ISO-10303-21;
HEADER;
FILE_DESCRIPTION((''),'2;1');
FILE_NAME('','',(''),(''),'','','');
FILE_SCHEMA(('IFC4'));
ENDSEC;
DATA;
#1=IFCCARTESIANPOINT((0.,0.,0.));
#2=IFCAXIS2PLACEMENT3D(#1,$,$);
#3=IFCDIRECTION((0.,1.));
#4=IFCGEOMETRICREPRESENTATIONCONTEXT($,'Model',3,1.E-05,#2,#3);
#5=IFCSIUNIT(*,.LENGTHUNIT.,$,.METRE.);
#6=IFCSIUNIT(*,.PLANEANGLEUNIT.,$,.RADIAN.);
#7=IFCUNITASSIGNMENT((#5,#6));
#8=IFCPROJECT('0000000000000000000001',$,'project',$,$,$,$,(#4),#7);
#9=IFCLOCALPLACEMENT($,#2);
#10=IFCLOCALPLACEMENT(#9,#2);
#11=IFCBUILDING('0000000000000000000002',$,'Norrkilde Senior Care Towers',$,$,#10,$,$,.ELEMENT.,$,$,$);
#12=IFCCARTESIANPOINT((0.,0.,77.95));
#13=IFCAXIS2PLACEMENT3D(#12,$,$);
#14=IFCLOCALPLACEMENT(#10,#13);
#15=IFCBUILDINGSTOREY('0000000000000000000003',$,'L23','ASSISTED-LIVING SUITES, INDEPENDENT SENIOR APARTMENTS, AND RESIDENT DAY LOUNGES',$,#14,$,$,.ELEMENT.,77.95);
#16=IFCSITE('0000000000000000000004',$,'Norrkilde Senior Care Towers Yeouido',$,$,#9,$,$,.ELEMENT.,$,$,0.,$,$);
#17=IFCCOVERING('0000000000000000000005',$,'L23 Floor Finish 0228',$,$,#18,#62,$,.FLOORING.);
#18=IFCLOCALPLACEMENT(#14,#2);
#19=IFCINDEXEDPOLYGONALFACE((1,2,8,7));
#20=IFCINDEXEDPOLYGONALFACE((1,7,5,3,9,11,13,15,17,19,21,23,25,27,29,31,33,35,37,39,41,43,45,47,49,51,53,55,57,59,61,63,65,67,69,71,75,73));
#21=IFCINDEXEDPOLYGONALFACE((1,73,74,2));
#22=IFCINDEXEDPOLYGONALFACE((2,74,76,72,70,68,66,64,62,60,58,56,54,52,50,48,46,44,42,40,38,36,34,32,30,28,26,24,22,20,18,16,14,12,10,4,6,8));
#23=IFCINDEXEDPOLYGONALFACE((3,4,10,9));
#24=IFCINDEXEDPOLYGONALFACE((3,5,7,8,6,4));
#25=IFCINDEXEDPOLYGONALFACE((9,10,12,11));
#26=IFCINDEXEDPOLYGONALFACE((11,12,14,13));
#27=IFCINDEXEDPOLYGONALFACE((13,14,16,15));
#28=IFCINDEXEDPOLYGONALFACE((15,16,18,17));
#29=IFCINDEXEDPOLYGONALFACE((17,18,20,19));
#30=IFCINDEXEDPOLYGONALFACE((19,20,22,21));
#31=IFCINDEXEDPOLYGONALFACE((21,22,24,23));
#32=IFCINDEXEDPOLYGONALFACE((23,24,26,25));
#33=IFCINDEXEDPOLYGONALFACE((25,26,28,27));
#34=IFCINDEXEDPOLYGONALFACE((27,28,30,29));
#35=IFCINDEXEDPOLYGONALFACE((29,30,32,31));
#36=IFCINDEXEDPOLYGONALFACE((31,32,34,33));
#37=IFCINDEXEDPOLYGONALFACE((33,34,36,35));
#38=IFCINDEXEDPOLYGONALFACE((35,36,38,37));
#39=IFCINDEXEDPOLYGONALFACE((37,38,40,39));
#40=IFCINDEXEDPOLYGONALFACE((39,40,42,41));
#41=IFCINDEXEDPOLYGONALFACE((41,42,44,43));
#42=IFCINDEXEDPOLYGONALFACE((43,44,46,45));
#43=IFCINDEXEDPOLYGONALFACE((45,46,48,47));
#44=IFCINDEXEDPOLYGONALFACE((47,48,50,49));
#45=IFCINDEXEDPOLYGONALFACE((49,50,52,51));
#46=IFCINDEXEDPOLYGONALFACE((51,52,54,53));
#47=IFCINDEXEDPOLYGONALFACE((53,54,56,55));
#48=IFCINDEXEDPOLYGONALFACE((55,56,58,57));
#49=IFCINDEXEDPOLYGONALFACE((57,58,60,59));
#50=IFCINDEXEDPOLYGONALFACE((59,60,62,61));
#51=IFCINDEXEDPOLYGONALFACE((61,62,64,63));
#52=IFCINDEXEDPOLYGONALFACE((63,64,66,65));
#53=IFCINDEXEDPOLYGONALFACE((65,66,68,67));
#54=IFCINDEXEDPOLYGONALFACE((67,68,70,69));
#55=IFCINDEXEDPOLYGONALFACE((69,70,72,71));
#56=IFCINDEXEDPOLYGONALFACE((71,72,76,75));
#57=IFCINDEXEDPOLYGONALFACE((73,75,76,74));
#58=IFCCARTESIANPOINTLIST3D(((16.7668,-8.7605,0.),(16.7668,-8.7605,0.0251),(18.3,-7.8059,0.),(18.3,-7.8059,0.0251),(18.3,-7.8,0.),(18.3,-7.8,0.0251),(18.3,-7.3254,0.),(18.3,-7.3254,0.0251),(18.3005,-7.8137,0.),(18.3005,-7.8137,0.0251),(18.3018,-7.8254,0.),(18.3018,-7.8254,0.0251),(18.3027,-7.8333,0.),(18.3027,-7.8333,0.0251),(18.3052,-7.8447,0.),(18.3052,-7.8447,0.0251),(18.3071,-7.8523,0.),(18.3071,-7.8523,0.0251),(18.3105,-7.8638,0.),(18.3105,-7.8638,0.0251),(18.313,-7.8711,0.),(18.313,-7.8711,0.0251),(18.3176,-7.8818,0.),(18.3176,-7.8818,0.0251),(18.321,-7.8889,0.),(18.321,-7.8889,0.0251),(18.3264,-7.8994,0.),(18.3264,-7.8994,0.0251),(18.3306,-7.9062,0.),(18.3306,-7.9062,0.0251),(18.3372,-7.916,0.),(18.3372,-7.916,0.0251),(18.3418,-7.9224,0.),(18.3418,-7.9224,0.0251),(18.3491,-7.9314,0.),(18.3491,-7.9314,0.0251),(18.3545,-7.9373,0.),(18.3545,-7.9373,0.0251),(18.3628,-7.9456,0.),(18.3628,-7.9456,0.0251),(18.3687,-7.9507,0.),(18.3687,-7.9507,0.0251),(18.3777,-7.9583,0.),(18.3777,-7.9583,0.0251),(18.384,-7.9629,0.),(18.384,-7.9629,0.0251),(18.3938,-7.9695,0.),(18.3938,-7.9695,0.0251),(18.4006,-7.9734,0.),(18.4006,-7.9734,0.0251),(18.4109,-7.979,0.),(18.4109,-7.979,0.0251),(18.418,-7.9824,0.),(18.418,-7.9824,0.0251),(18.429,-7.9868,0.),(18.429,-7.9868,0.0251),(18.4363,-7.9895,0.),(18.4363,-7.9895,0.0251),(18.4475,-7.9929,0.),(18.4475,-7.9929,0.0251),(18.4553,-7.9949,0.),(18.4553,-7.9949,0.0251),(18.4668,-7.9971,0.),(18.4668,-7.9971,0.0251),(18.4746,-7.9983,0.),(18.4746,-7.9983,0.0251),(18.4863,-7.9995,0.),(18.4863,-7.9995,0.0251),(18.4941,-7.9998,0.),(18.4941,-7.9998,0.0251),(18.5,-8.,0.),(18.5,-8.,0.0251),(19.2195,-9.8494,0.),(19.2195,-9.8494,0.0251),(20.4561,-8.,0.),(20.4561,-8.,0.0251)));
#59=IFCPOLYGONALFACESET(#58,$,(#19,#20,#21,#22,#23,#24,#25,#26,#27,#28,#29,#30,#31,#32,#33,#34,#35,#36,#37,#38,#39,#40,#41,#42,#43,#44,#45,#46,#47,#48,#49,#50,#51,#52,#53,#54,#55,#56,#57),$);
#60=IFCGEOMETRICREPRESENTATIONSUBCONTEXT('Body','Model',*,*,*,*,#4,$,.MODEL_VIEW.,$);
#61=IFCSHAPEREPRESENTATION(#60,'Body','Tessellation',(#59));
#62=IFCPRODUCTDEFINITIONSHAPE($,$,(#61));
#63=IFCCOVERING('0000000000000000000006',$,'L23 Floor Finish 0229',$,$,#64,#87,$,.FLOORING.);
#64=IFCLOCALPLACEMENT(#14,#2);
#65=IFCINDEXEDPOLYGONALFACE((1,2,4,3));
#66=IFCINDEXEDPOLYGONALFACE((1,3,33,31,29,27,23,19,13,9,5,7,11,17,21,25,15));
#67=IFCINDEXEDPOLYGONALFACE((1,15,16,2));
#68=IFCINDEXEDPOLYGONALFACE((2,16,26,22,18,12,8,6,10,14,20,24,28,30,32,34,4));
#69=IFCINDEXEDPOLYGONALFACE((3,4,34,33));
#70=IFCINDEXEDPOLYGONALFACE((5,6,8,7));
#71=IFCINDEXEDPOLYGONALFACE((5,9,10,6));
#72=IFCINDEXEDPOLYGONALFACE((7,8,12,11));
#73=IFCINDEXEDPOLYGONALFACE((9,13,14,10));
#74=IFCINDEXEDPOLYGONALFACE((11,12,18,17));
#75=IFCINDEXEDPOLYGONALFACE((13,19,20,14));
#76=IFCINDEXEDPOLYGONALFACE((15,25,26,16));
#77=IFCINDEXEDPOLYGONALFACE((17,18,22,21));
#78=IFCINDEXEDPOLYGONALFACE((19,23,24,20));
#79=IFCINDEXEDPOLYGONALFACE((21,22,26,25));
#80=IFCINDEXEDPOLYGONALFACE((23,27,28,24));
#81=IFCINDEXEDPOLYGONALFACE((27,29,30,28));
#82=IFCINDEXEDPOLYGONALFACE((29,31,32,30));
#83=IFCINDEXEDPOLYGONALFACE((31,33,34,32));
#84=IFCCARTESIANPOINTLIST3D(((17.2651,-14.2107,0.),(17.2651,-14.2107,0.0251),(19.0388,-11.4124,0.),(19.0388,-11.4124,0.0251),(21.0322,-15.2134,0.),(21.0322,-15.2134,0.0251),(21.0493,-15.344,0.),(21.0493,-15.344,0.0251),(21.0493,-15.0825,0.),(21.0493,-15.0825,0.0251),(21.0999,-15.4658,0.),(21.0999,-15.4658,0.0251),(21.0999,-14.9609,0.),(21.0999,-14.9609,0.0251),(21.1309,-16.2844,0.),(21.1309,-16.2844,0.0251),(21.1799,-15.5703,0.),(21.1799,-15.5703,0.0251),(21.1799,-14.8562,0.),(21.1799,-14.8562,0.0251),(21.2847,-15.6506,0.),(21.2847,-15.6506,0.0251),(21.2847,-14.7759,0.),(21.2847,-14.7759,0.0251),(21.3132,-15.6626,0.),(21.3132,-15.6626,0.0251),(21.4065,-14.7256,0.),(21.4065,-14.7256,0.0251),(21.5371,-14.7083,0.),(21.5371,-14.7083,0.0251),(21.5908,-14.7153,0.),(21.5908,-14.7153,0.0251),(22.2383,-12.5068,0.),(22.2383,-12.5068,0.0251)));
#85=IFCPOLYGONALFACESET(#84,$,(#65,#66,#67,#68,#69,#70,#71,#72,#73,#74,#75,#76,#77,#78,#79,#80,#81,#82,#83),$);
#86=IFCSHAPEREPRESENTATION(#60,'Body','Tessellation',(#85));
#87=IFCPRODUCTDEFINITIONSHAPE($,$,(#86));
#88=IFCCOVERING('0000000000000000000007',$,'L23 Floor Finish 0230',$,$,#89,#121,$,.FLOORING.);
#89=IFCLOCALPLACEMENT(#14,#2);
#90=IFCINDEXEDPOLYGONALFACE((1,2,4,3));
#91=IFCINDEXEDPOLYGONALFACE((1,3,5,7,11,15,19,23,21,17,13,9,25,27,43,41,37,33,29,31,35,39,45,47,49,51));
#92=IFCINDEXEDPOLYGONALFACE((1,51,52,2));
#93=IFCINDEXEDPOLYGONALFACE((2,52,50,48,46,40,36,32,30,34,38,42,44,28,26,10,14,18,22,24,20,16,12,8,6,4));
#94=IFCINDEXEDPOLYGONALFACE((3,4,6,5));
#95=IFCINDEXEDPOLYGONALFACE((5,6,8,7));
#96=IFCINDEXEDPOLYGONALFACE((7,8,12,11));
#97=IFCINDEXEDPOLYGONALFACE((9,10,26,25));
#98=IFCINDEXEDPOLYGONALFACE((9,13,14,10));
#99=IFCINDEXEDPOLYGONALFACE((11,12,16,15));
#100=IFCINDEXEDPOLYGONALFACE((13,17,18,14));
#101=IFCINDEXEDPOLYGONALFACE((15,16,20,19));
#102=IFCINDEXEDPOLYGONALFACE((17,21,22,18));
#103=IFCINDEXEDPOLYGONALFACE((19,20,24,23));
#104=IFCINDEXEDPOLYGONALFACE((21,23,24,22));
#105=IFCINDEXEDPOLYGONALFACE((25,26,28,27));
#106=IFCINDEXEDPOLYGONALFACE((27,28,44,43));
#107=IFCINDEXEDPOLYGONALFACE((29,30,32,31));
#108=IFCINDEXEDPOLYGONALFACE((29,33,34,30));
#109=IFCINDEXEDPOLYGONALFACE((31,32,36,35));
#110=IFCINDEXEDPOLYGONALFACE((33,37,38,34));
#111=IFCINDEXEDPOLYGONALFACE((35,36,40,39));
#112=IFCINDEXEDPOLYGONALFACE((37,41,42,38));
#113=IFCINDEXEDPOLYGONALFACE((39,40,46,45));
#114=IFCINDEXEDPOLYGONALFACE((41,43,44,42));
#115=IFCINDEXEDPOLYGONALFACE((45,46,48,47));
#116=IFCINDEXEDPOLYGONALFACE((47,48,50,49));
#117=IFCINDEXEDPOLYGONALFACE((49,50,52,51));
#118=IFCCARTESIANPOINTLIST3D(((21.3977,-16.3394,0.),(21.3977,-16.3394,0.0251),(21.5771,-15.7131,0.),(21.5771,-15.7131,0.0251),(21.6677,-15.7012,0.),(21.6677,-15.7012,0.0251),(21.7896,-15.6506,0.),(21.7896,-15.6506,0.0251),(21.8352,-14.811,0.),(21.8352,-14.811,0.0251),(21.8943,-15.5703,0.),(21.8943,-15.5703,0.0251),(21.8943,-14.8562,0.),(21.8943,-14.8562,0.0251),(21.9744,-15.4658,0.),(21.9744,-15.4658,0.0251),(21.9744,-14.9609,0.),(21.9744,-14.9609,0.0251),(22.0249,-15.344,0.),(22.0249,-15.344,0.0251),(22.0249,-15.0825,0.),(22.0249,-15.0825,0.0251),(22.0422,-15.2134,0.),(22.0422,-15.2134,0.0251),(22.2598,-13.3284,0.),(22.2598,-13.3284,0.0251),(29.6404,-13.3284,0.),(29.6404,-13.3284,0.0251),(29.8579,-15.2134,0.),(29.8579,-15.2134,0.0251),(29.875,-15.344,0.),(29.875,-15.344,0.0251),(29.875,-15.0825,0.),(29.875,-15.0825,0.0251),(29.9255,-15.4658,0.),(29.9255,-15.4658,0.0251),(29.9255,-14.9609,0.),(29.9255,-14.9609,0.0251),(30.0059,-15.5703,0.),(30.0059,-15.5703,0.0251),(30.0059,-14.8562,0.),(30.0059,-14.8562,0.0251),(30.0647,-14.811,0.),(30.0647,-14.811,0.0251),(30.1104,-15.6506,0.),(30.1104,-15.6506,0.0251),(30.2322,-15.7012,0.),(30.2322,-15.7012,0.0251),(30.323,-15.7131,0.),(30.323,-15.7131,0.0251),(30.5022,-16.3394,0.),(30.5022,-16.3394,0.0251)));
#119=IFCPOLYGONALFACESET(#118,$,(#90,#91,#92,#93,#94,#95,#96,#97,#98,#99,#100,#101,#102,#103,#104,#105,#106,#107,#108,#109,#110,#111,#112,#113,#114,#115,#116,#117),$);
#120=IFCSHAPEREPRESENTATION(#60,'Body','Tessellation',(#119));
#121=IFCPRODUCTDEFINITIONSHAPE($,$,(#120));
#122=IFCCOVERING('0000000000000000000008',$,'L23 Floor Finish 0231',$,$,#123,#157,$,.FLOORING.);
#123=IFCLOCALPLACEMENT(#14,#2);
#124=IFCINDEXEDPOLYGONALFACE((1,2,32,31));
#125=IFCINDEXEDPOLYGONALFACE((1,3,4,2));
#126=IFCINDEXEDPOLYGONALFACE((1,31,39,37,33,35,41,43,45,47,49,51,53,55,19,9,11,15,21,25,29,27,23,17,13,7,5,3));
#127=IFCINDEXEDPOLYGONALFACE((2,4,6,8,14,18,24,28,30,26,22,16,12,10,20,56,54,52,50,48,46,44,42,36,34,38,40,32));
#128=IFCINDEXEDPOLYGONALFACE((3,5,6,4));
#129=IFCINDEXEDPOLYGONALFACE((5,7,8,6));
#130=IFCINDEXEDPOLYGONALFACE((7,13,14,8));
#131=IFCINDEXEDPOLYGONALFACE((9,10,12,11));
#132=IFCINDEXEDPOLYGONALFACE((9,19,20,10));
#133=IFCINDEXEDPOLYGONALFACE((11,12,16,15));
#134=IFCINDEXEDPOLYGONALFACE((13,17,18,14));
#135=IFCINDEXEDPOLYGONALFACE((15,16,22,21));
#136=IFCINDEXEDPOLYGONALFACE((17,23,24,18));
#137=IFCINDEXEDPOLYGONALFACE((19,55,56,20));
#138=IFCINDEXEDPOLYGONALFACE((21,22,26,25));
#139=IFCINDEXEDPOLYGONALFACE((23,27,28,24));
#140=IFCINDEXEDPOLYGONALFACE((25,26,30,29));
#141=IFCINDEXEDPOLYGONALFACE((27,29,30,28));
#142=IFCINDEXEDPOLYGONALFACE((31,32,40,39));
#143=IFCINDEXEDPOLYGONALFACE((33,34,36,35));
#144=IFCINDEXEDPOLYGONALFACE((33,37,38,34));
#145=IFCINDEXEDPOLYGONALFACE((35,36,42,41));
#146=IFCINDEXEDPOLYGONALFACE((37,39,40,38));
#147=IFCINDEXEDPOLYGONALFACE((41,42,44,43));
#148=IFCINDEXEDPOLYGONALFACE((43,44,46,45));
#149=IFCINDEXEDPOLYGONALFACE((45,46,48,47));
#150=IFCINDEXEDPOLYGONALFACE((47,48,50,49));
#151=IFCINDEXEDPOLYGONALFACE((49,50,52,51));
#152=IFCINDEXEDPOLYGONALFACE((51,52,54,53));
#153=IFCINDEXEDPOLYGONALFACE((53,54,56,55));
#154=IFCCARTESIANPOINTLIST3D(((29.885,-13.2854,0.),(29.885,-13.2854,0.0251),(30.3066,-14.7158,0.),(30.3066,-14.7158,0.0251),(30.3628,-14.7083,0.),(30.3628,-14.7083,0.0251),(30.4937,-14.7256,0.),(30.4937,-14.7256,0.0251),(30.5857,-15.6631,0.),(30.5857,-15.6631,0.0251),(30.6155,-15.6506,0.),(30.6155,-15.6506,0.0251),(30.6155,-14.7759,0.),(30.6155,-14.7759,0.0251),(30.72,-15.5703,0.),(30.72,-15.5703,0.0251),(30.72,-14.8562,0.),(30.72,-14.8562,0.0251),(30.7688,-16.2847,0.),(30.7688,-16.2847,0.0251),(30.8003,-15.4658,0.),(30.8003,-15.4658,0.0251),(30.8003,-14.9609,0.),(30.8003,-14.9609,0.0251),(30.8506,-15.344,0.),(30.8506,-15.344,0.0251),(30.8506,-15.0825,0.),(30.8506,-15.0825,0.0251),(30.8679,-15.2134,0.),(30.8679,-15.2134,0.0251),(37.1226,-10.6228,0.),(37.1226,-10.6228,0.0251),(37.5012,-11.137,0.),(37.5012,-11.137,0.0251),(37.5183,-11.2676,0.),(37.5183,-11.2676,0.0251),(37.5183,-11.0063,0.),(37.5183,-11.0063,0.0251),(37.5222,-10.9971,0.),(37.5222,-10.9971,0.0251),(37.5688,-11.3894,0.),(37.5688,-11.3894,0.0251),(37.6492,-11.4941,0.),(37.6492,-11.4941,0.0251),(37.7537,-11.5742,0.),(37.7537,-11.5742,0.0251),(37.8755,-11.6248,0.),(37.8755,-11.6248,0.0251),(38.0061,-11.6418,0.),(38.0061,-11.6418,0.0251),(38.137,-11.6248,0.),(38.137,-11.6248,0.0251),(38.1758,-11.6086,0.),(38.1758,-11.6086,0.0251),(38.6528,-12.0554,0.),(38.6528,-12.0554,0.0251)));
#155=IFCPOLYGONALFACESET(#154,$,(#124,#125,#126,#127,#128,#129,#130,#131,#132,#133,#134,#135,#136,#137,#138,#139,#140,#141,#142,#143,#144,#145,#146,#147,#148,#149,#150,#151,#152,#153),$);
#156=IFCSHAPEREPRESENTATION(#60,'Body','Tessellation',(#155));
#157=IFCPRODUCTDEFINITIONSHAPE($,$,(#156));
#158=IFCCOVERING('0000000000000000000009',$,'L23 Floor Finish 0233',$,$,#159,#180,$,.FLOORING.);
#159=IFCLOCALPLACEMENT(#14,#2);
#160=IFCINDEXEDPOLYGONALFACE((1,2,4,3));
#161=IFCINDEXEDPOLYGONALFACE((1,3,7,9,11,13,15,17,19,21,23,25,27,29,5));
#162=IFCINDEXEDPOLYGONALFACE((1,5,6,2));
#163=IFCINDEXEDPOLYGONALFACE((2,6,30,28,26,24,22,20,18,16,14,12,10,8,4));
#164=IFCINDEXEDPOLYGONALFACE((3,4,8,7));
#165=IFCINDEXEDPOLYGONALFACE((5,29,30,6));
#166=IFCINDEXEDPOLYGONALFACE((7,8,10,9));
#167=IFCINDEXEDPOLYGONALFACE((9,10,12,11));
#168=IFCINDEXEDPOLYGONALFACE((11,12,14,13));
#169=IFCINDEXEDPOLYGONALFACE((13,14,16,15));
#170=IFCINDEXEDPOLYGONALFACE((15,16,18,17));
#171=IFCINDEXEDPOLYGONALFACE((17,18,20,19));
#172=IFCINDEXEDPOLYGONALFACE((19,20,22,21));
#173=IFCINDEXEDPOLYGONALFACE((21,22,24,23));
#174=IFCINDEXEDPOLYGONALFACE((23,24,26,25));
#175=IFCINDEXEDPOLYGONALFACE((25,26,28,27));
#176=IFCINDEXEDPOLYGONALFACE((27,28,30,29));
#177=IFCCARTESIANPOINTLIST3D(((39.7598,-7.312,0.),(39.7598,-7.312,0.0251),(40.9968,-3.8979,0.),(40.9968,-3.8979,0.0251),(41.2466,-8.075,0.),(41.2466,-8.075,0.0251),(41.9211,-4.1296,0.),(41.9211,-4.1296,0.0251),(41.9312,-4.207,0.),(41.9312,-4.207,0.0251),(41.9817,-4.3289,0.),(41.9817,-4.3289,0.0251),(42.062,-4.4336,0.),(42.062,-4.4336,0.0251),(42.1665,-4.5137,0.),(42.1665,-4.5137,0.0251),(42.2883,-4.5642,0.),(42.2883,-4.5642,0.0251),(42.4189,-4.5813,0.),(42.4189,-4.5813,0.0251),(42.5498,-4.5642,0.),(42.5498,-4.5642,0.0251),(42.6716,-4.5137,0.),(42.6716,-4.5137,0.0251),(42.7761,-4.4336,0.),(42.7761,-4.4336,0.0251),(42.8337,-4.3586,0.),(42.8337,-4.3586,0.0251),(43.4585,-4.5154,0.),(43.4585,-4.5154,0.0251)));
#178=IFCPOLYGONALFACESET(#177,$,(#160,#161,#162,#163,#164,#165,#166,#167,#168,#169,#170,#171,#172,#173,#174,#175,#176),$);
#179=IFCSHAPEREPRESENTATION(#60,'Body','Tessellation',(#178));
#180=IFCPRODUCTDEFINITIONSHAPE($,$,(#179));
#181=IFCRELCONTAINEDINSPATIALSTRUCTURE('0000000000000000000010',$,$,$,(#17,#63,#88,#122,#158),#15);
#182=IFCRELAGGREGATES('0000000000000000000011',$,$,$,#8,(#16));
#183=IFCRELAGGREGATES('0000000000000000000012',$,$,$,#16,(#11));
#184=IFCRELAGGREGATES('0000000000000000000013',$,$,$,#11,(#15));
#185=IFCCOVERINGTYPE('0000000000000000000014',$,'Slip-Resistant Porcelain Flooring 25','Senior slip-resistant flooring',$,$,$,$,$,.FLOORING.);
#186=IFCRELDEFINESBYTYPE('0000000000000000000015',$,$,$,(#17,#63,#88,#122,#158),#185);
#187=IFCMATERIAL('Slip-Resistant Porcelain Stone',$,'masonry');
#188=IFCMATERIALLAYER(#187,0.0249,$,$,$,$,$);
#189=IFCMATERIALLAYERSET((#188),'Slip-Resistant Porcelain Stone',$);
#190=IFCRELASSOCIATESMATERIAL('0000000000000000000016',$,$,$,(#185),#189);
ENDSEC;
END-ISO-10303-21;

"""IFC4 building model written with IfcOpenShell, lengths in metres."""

from ifc_helpers import new_model, si_unit, direction, frame, origin, place, context, subcontext, project, spatial, polyline, outline, extrude, material, layer, layer_set, type_object, element, save


model = new_model("IFC4")

# Units and contexts
model_context = context("Model", 3, precision=1e-05, world=origin(), true_north=direction((0.0, 1.0)))
body_context = subcontext(model_context, "Body", "Model", "MODEL_VIEW")
ifc_project = project(units=[si_unit("LENGTHUNIT", "METRE"), si_unit("PLANEANGLEUNIT", "RADIAN")], contexts=[model_context])

# Site, building, storey
site_placement = place(None, origin())
site = spatial("IfcSite", under=ifc_project, at=site_placement, Name="Norrkilde Senior Care Towers Yeouido", CompositionType="ELEMENT", RefElevation=0.0)
building_placement = place(site_placement, origin())
building = spatial("IfcBuilding", under=site, at=building_placement, Name="Norrkilde Senior Care Towers", CompositionType="ELEMENT")
storey_placement = place(building_placement, frame((0.0, 0.0, 77.95)))
storey = spatial("IfcBuildingStorey", under=building, at=storey_placement, Name="L23", Description="ASSISTED-LIVING SUITES, INDEPENDENT SENIOR APARTMENTS, AND RESIDENT DAY LOUNGES", CompositionType="ELEMENT", Elevation=77.95)

# Coverings
ifc_material_1 = material(Name="Slip-Resistant Porcelain Stone", Category="masonry")
ifc_layer_1 = layer(ifc_material_1, 0.0249)
ifc_layer_set_1 = layer_set([ifc_layer_1], Name="Slip-Resistant Porcelain Stone")
covering_type_1 = type_object("IfcCoveringType", Name="Slip-Resistant Porcelain Flooring 25", Description="Senior slip-resistant flooring", PredefinedType="FLOORING", material=ifc_layer_set_1)
covering_1_placement = place(storey_placement, origin())
element("IfcCovering", 1, at=covering_1_placement, inside=storey, type_object=covering_type_1, Name="L23 Floor Finish 0228", PredefinedType="FLOORING", context=body_context, shape_type="SweptSolid", body=[
    extrude(outline(polyline([(18.3005, -7.8137), (18.3018, -7.8254), (18.3027, -7.8333), (18.3052, -7.8447), (18.3071, -7.8523), (18.3105, -7.8638), (18.313, -7.8711), (18.3176, -7.8818), (18.321, -7.8889), (18.3264, -7.8994), (18.3306, -7.9062), (18.3372, -7.916), (18.3418, -7.9224), (18.3491, -7.9314), (18.3545, -7.9373), (18.3628, -7.9456), (18.3687, -7.9507), (18.3777, -7.9583), (18.384, -7.9629), (18.3938, -7.9695), (18.4006, -7.9734), (18.4109, -7.979), (18.418, -7.9824), (18.429, -7.9868), (18.4363, -7.9895), (18.4475, -7.9929), (18.4553, -7.9949), (18.4668, -7.9971), (18.4746, -7.9983), (18.4863, -7.9995), (18.4941, -7.9998), (18.5, -8.0), (20.4561, -8.0), (19.2195, -9.8494), (16.7668, -8.7605), (18.3, -7.3254), (18.3, -7.8), (18.3, -7.8059), (18.3005, -7.8137)])), origin(), (0.0, 0.0, 1.0), 0.0251),
])
covering_2_placement = place(storey_placement, origin())
element("IfcCovering", 2, at=covering_2_placement, inside=storey, type_object=covering_type_1, Name="L23 Floor Finish 0229", PredefinedType="FLOORING", context=body_context, shape_type="SweptSolid", body=[
    extrude(outline(polyline([(21.5908, -14.7153), (21.5371, -14.7083), (21.4065, -14.7256), (21.2847, -14.7759), (21.1799, -14.8562), (21.0999, -14.9609), (21.0493, -15.0825), (21.0322, -15.2134), (21.0493, -15.344), (21.0999, -15.4658), (21.1799, -15.5703), (21.2847, -15.6506), (21.3132, -15.6626), (21.1309, -16.2844), (17.2651, -14.2107), (19.0388, -11.4124), (22.2383, -12.5068), (21.5908, -14.7153)])), origin(), (0.0, 0.0, 1.0), 0.0251),
])
covering_3_placement = place(storey_placement, origin())
element("IfcCovering", 3, at=covering_3_placement, inside=storey, type_object=covering_type_1, Name="L23 Floor Finish 0230", PredefinedType="FLOORING", context=body_context, shape_type="SweptSolid", body=[
    extrude(outline(polyline([(21.5771, -15.7131), (21.6677, -15.7012), (21.7896, -15.6506), (21.8943, -15.5703), (21.9744, -15.4658), (22.0249, -15.344), (22.0422, -15.2134), (22.0249, -15.0825), (21.9744, -14.9609), (21.8943, -14.8562), (21.8352, -14.811), (22.2598, -13.3284), (29.6404, -13.3284), (30.0647, -14.811), (30.0059, -14.8562), (29.9255, -14.9609), (29.875, -15.0825), (29.8579, -15.2134), (29.875, -15.344), (29.9255, -15.4658), (30.0059, -15.5703), (30.1104, -15.6506), (30.2322, -15.7012), (30.323, -15.7131), (30.5022, -16.3394), (21.3977, -16.3394), (21.5771, -15.7131)])), origin(), (0.0, 0.0, 1.0), 0.0251),
])
covering_4_placement = place(storey_placement, origin())
element("IfcCovering", 4, at=covering_4_placement, inside=storey, type_object=covering_type_1, Name="L23 Floor Finish 0231", PredefinedType="FLOORING", context=body_context, shape_type="SweptSolid", body=[
    extrude(outline(polyline([(30.7688, -16.2847), (30.5857, -15.6631), (30.6155, -15.6506), (30.72, -15.5703), (30.8003, -15.4658), (30.8506, -15.344), (30.8679, -15.2134), (30.8506, -15.0825), (30.8003, -14.9609), (30.72, -14.8562), (30.6155, -14.7759), (30.4937, -14.7256), (30.3628, -14.7083), (30.3066, -14.7158), (29.885, -13.2854), (37.1226, -10.6228), (37.5222, -10.9971), (37.5183, -11.0063), (37.5012, -11.137), (37.5183, -11.2676), (37.5688, -11.3894), (37.6492, -11.4941), (37.7537, -11.5742), (37.8755, -11.6248), (38.0061, -11.6418), (38.137, -11.6248), (38.1758, -11.6086), (38.6528, -12.0554), (30.7688, -16.2847)])), origin(), (0.0, 0.0, 1.0), 0.0251),
])
covering_5_placement = place(storey_placement, origin())
element("IfcCovering", 5, at=covering_5_placement, inside=storey, type_object=covering_type_1, Name="L23 Floor Finish 0233", PredefinedType="FLOORING", context=body_context, shape_type="SweptSolid", body=[
    extrude(outline(polyline([(41.9211, -4.1296), (41.9312, -4.207), (41.9817, -4.3289), (42.062, -4.4336), (42.1665, -4.5137), (42.2883, -4.5642), (42.4189, -4.5813), (42.5498, -4.5642), (42.6716, -4.5137), (42.7761, -4.4336), (42.8337, -4.3586), (43.4585, -4.5154), (41.2466, -8.075), (39.7598, -7.312), (40.9968, -3.8979), (41.9211, -4.1296)])), origin(), (0.0, 0.0, 1.0), 0.0251),
])

save(model, "model.ifc")
